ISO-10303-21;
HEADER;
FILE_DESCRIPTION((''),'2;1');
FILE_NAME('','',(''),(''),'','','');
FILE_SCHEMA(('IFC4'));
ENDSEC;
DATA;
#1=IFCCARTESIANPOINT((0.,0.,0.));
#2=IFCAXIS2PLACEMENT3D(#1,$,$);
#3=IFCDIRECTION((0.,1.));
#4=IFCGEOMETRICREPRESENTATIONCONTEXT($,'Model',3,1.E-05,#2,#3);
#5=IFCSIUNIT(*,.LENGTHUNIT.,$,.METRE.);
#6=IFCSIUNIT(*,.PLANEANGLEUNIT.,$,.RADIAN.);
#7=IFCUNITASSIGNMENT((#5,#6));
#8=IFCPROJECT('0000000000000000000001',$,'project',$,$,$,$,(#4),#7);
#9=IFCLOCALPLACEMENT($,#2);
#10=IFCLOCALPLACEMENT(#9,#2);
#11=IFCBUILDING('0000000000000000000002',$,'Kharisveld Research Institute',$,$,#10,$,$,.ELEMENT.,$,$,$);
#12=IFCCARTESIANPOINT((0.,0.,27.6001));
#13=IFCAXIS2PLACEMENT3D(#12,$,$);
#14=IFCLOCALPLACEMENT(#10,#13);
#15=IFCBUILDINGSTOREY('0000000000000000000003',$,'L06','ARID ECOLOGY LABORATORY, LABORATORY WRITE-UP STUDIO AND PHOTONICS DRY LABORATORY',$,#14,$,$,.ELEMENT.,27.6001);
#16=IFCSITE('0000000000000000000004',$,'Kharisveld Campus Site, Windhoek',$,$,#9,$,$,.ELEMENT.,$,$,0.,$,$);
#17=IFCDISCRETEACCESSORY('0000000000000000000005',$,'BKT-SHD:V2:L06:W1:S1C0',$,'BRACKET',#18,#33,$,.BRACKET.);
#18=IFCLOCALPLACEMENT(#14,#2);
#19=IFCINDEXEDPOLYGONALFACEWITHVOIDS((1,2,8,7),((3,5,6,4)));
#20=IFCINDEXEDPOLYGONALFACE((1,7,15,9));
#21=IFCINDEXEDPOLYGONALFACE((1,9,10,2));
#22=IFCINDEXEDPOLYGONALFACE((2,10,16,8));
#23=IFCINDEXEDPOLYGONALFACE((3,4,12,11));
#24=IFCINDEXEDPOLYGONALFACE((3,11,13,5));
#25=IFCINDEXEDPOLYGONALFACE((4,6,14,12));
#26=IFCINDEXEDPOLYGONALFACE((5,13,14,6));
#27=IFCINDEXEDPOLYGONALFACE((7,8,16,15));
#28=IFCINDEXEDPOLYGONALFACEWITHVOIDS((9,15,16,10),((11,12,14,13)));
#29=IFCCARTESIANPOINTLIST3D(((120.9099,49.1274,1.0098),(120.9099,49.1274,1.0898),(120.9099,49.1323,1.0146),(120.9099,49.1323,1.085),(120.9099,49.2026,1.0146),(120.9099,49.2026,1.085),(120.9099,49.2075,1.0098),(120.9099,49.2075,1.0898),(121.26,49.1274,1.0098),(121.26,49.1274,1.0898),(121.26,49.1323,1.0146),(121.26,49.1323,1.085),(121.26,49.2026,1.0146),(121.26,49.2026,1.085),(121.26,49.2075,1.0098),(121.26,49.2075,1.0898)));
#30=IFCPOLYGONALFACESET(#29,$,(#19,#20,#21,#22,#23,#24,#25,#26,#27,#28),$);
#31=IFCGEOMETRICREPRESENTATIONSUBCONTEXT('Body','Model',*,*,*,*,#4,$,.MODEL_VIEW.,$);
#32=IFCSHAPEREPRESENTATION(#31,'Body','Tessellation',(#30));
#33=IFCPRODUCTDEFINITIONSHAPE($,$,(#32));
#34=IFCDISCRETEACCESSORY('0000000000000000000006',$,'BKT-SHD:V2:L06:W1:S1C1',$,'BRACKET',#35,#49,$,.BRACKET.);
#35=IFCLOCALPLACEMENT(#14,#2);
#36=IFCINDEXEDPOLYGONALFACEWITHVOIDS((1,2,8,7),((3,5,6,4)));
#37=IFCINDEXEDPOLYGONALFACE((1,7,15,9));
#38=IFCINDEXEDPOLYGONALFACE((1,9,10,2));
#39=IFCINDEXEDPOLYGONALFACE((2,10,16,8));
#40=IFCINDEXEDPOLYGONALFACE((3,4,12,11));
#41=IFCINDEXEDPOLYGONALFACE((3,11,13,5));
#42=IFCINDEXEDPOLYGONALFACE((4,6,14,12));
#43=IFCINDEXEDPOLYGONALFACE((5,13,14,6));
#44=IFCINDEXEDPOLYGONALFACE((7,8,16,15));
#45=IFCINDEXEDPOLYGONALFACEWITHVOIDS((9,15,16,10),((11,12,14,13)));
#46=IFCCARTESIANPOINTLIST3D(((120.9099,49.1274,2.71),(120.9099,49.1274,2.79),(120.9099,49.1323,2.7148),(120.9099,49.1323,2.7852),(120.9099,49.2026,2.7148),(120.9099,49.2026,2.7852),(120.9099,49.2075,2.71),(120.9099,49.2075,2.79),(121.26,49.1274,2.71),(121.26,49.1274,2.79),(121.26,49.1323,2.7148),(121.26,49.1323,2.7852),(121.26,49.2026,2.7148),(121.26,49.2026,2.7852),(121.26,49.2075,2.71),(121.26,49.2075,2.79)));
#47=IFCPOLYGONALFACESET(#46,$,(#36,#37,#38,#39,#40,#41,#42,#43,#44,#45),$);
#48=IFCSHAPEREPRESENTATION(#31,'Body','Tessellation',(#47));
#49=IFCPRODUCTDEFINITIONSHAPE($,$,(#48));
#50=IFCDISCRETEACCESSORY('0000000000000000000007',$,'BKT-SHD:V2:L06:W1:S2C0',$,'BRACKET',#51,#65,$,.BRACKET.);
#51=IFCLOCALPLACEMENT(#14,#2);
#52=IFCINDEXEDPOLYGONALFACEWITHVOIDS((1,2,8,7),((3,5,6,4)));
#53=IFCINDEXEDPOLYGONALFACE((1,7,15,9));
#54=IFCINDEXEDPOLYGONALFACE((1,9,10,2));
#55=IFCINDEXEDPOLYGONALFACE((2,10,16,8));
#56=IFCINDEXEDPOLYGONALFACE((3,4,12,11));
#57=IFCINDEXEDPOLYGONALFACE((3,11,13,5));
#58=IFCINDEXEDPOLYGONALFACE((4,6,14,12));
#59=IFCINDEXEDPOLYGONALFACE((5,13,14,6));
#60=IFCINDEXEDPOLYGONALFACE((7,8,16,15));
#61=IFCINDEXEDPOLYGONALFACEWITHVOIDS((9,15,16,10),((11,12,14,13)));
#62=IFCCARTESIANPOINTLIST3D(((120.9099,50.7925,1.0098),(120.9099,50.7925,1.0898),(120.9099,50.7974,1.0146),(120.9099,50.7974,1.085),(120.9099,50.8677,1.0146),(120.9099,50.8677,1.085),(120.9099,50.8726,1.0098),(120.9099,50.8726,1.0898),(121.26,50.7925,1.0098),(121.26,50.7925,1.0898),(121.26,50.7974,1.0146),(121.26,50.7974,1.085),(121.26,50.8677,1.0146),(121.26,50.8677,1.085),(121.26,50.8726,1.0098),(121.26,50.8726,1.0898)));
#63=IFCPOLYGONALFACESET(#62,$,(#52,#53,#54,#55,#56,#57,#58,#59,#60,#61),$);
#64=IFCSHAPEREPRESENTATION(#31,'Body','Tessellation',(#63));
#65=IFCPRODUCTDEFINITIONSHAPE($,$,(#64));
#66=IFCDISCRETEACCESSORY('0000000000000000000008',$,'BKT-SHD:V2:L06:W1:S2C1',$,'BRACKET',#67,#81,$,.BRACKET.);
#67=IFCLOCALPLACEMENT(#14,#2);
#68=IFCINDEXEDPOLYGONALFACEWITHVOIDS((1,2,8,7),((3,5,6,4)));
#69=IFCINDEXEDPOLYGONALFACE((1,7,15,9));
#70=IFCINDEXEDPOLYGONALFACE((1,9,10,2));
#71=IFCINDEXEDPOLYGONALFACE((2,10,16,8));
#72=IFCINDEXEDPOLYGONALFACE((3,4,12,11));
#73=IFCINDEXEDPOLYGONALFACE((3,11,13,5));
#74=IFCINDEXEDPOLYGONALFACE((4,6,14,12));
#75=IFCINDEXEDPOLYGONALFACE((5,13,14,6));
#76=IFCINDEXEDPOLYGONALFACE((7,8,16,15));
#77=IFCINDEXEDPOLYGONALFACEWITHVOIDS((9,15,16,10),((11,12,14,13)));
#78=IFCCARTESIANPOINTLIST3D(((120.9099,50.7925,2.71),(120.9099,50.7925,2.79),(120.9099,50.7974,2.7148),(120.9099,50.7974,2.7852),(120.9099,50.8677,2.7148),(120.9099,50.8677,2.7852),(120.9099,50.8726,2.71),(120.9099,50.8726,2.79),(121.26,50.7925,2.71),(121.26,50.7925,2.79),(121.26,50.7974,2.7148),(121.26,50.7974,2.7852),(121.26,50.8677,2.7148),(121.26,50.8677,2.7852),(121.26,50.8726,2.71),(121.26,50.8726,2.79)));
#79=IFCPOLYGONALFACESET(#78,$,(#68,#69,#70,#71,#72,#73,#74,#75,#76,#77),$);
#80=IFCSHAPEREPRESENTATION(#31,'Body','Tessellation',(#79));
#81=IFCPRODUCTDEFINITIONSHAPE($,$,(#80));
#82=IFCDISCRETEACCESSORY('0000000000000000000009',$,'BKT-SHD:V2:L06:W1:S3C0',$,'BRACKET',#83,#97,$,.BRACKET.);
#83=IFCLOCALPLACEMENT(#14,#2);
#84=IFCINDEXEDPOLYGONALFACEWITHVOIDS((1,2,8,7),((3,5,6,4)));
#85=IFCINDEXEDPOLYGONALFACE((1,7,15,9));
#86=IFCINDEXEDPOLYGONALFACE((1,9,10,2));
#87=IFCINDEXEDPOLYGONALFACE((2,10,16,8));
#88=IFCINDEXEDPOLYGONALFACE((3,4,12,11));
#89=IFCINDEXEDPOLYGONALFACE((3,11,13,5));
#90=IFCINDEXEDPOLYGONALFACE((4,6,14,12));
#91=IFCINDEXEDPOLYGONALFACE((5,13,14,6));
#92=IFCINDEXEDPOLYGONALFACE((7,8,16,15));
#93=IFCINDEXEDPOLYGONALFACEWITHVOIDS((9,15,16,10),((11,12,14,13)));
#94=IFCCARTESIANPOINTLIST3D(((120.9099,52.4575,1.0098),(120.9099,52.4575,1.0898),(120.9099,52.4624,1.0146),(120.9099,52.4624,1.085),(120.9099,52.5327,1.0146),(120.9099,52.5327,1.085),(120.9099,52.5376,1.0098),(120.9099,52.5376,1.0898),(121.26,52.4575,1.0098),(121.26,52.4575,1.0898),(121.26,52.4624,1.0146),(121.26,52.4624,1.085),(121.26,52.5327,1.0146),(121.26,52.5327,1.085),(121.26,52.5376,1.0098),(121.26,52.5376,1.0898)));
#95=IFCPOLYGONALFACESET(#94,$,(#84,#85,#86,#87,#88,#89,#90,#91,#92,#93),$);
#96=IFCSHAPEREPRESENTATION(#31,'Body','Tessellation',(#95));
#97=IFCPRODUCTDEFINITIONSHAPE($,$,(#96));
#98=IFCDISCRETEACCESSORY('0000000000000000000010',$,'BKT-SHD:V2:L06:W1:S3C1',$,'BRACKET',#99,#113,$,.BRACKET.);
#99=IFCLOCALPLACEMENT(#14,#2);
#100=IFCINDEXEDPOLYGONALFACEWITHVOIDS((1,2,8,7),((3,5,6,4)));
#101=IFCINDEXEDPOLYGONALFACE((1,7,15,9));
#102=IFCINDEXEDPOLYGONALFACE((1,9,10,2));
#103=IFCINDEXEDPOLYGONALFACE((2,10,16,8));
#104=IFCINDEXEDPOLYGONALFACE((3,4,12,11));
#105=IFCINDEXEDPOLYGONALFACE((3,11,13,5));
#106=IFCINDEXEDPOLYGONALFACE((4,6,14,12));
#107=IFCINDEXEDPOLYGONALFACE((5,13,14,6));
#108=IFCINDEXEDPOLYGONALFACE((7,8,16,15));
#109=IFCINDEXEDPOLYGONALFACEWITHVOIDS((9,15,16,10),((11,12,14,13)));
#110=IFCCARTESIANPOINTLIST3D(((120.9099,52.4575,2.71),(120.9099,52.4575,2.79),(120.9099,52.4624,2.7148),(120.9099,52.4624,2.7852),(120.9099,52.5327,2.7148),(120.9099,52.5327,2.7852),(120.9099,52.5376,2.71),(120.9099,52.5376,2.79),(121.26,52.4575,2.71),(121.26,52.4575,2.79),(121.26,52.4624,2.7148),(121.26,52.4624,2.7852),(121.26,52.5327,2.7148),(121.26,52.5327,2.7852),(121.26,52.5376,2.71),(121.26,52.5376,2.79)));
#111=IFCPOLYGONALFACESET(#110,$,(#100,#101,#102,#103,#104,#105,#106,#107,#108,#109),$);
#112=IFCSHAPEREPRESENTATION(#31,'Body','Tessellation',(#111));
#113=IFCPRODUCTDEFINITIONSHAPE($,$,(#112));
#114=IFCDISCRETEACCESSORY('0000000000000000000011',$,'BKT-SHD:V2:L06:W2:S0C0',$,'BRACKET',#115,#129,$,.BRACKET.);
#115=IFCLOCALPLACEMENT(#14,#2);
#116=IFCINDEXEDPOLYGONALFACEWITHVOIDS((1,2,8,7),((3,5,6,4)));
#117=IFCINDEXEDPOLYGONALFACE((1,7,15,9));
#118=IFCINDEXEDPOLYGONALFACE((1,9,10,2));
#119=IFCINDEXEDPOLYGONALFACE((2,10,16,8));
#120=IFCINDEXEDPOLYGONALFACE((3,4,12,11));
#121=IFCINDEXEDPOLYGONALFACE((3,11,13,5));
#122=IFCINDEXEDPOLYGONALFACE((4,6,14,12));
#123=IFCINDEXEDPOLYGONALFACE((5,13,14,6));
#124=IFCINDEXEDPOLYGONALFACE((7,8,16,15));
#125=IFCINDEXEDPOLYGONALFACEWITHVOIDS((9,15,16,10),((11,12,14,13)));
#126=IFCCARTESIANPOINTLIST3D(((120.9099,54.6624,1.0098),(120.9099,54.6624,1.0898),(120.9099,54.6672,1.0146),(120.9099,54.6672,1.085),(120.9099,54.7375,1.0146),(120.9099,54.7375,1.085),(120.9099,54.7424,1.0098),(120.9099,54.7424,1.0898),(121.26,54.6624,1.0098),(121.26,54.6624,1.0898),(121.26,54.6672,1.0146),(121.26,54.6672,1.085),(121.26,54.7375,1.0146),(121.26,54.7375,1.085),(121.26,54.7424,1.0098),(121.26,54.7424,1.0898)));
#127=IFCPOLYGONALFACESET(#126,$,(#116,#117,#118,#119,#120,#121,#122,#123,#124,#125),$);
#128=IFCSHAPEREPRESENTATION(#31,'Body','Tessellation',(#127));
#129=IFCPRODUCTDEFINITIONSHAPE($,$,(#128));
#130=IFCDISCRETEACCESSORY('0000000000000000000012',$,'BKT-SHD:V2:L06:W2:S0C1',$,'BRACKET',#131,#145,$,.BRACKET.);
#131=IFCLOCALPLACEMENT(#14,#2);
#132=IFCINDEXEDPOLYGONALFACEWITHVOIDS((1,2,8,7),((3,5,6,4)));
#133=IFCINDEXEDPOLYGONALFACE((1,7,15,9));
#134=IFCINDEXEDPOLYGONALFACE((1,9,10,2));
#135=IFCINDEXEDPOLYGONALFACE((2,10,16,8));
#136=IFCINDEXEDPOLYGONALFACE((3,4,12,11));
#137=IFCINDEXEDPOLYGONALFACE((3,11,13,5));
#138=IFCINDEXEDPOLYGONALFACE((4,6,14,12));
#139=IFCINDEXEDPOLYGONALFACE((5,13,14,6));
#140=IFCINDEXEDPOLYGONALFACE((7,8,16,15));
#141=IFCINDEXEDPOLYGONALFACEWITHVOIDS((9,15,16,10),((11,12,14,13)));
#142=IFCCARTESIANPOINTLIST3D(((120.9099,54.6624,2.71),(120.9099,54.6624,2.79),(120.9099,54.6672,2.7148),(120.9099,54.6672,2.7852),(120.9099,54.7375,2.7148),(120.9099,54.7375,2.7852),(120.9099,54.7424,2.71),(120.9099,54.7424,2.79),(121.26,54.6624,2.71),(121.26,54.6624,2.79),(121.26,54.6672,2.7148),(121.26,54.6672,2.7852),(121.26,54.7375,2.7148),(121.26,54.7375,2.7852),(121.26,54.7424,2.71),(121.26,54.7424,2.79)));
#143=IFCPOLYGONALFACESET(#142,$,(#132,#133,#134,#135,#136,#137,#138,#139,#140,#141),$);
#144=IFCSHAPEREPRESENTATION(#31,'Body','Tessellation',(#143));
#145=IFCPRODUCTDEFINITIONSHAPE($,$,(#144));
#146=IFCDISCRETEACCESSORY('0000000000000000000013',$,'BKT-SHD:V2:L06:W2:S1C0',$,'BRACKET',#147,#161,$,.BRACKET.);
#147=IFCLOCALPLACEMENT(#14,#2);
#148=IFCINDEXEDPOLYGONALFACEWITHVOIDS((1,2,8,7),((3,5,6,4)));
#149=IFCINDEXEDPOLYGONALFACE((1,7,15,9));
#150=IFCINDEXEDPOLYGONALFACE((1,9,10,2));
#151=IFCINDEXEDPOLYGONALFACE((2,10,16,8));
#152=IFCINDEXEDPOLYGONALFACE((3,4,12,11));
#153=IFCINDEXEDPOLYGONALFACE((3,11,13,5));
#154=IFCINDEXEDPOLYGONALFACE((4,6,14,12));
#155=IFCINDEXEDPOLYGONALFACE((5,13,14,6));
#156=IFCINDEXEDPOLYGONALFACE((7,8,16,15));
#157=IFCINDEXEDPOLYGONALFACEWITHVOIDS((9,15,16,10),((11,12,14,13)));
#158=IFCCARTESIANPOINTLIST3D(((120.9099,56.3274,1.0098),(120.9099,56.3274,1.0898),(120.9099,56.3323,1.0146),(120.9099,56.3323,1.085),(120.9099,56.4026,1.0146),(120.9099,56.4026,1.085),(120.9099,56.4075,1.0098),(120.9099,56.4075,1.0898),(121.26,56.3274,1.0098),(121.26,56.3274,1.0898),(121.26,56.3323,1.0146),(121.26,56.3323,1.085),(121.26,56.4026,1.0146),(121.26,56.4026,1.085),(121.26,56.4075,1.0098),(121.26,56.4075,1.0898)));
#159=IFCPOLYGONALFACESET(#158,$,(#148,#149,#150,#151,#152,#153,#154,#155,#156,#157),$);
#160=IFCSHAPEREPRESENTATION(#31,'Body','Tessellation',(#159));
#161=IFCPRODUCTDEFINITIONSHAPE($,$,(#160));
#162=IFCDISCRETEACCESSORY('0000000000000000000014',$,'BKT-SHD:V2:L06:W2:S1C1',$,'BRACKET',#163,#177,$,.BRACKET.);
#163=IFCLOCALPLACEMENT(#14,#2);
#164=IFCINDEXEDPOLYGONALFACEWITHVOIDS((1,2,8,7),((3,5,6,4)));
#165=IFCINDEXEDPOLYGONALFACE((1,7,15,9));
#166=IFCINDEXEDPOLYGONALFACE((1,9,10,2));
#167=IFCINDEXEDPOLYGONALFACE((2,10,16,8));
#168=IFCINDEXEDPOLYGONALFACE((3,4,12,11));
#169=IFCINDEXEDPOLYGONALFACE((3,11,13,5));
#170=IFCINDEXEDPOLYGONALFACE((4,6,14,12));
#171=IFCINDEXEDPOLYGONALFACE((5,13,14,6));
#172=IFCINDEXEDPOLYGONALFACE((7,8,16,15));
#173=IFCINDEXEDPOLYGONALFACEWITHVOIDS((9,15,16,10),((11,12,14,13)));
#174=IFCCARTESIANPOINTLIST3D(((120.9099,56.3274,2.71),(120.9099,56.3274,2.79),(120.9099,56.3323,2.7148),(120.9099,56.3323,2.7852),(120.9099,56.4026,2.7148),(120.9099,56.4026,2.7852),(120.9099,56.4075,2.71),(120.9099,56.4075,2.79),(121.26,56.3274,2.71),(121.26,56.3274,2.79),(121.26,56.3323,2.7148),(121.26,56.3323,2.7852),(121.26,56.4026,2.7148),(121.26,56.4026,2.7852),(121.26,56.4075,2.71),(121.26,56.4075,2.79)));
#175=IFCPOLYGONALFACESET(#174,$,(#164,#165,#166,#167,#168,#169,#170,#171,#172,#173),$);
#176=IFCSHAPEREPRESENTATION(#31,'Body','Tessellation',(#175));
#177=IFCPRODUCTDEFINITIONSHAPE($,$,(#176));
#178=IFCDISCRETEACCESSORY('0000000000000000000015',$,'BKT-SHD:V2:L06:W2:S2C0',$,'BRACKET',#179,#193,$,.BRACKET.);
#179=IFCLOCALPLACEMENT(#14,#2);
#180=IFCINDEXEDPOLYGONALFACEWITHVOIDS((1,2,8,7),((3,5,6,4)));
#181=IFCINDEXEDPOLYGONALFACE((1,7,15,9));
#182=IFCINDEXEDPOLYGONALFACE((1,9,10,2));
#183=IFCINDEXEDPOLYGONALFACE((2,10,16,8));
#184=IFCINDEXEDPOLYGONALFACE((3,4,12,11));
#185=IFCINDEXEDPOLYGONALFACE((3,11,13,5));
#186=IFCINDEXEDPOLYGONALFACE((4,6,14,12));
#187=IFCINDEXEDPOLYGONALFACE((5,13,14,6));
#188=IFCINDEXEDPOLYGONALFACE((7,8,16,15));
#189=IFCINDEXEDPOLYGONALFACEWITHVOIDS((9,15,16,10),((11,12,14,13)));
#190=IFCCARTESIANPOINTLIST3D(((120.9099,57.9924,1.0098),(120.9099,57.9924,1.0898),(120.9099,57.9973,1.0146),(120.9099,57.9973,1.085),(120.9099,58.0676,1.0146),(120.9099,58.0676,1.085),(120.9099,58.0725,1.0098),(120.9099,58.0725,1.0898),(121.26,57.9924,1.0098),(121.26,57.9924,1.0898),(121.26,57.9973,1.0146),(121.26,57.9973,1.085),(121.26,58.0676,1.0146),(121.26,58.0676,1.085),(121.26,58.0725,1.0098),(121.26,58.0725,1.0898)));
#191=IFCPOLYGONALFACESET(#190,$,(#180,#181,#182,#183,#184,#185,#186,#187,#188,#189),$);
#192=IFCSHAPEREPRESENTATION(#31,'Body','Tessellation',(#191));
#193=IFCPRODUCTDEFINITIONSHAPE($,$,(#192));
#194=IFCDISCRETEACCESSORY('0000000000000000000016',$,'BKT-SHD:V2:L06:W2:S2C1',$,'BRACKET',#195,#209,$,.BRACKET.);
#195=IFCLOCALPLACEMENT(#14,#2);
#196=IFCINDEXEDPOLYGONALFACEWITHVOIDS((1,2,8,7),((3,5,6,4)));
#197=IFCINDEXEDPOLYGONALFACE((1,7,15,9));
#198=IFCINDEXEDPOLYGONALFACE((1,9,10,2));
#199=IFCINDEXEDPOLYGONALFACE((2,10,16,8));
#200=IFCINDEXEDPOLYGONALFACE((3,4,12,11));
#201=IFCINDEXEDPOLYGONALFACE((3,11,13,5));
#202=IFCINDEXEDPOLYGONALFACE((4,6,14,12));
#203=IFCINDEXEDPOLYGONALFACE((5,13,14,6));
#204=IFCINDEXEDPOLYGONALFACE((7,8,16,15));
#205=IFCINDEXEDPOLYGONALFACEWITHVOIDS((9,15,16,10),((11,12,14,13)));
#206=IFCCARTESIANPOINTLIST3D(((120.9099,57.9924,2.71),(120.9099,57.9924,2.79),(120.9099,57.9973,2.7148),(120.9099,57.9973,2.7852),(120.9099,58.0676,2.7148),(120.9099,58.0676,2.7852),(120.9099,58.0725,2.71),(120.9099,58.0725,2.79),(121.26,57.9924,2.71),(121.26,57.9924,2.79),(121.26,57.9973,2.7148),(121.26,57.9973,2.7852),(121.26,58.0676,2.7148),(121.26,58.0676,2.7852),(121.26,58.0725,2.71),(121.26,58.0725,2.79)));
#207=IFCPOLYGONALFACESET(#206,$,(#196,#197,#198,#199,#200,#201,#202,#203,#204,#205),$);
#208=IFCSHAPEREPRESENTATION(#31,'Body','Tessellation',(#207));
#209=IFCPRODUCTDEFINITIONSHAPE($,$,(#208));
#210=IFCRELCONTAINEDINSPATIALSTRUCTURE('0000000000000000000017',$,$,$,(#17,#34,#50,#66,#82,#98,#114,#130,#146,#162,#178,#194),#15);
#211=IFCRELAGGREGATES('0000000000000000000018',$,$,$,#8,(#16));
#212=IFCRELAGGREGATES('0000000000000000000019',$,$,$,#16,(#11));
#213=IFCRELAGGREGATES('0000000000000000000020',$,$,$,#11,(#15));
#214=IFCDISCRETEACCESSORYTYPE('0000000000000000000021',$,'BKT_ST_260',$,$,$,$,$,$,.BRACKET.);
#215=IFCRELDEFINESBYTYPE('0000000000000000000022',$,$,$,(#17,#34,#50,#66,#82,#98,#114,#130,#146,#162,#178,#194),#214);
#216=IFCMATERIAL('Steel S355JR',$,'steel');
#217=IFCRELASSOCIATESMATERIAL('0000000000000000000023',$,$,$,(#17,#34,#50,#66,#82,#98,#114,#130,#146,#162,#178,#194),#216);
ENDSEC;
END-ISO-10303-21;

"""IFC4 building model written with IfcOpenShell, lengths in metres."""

from ifc_helpers import new_model, si_unit, direction, frame, origin, origin_2d, place, context, subcontext, project, spatial, hollow_rectangle, extrude, material, type_object, element, save


model = new_model("IFC4")

# Units and contexts
model_context = context("Model", 3, precision=1e-05, world=origin(), true_north=direction((0.0, 1.0)))
body_context = subcontext(model_context, "Body", "Model", "MODEL_VIEW")
ifc_project = project(units=[si_unit("LENGTHUNIT", "METRE"), si_unit("PLANEANGLEUNIT", "RADIAN")], contexts=[model_context])

# Site, building, storey
site_placement = place(None, origin())
site = spatial("IfcSite", under=ifc_project, at=site_placement, Name="Kharisveld Campus Site, Windhoek", CompositionType="ELEMENT", RefElevation=0.0)
building_placement = place(site_placement, origin())
building = spatial("IfcBuilding", under=site, at=building_placement, Name="Kharisveld Research Institute", CompositionType="ELEMENT")
storey_placement = place(building_placement, frame((0.0, 0.0, 27.6001)))
storey = spatial("IfcBuildingStorey", under=building, at=storey_placement, Name="L06", Description="ARID ECOLOGY LABORATORY, LABORATORY WRITE-UP STUDIO AND PHOTONICS DRY LABORATORY", CompositionType="ELEMENT", Elevation=27.6001)

# Discrete accessories
ifc_material_1 = material(Name="Steel S355JR", Category="steel")
discrete_accessory_type = type_object("IfcDiscreteAccessoryType", Name="BKT_ST_260", PredefinedType="BRACKET")
for number, where, z_axis, x_axis, name in (
    (1, (121.26, 49.1675, 1.0498), (-1.0, 0.0, 0.0), (0.0, -1.0, 0.0), "BKT-SHD:V2:L06:W1:S1C0"),
    (2, (121.26, 49.1675, 2.75), (-1.0, 0.0, 0.0), (0.0, -1.0, 0.0), "BKT-SHD:V2:L06:W1:S1C1"),
    (3, (121.26, 50.8325, 1.0498), (-1.0, 0.0, 0.0), (0.0, -1.0, 0.0), "BKT-SHD:V2:L06:W1:S2C0"),
    (4, (121.26, 50.8325, 2.75), (-1.0, 0.0, 0.0), (0.0, -1.0, 0.0), "BKT-SHD:V2:L06:W1:S2C1"),
    (5, (121.26, 52.4976, 1.0498), (-1.0, 0.0, 0.0), (0.0, -1.0, 0.0), "BKT-SHD:V2:L06:W1:S3C0"),
    (6, (121.26, 52.4976, 2.75), (-1.0, 0.0, 0.0), (0.0, -1.0, 0.0), "BKT-SHD:V2:L06:W1:S3C1"),
    (7, (121.26, 54.7024, 1.0498), (-1.0, 0.0, 0.0), (0.0, -1.0, 0.0), "BKT-SHD:V2:L06:W2:S0C0"),
    (8, (121.26, 54.7024, 2.75), (-1.0, 0.0, 0.0), (0.0, -1.0, 0.0), "BKT-SHD:V2:L06:W2:S0C1"),
    (9, (121.26, 56.3674, 1.0498), (-1.0, 0.0, 0.0), (0.0, -1.0, 0.0), "BKT-SHD:V2:L06:W2:S1C0"),
    (10, (121.26, 56.3674, 2.75), (-1.0, 0.0, 0.0), (0.0, -1.0, 0.0), "BKT-SHD:V2:L06:W2:S1C1"),
    (11, (121.26, 58.0325, 1.0498), (-1.0, 0.0, 0.0), (0.0, -1.0, 0.0), "BKT-SHD:V2:L06:W2:S2C0"),
    (12, (121.26, 58.0325, 2.75), (-1.0, 0.0, 0.0), (0.0, -1.0, 0.0), "BKT-SHD:V2:L06:W2:S2C1"),
):
    element("IfcDiscreteAccessory", number, at=place(storey_placement, frame(where, z_axis=z_axis, x_axis=x_axis)), inside=storey, type_object=discrete_accessory_type, material=ifc_material_1, Name=name, ObjectType="BRACKET", PredefinedType="BRACKET", context=body_context, shape_type="SweptSolid", body=[
        extrude(hollow_rectangle(XDim=0.0801, YDim=0.0801, WallThickness=0.0049, at=origin_2d()), origin(), (0.0, 0.0, 1.0), 0.3501),
    ])

save(model, "model.ifc")
